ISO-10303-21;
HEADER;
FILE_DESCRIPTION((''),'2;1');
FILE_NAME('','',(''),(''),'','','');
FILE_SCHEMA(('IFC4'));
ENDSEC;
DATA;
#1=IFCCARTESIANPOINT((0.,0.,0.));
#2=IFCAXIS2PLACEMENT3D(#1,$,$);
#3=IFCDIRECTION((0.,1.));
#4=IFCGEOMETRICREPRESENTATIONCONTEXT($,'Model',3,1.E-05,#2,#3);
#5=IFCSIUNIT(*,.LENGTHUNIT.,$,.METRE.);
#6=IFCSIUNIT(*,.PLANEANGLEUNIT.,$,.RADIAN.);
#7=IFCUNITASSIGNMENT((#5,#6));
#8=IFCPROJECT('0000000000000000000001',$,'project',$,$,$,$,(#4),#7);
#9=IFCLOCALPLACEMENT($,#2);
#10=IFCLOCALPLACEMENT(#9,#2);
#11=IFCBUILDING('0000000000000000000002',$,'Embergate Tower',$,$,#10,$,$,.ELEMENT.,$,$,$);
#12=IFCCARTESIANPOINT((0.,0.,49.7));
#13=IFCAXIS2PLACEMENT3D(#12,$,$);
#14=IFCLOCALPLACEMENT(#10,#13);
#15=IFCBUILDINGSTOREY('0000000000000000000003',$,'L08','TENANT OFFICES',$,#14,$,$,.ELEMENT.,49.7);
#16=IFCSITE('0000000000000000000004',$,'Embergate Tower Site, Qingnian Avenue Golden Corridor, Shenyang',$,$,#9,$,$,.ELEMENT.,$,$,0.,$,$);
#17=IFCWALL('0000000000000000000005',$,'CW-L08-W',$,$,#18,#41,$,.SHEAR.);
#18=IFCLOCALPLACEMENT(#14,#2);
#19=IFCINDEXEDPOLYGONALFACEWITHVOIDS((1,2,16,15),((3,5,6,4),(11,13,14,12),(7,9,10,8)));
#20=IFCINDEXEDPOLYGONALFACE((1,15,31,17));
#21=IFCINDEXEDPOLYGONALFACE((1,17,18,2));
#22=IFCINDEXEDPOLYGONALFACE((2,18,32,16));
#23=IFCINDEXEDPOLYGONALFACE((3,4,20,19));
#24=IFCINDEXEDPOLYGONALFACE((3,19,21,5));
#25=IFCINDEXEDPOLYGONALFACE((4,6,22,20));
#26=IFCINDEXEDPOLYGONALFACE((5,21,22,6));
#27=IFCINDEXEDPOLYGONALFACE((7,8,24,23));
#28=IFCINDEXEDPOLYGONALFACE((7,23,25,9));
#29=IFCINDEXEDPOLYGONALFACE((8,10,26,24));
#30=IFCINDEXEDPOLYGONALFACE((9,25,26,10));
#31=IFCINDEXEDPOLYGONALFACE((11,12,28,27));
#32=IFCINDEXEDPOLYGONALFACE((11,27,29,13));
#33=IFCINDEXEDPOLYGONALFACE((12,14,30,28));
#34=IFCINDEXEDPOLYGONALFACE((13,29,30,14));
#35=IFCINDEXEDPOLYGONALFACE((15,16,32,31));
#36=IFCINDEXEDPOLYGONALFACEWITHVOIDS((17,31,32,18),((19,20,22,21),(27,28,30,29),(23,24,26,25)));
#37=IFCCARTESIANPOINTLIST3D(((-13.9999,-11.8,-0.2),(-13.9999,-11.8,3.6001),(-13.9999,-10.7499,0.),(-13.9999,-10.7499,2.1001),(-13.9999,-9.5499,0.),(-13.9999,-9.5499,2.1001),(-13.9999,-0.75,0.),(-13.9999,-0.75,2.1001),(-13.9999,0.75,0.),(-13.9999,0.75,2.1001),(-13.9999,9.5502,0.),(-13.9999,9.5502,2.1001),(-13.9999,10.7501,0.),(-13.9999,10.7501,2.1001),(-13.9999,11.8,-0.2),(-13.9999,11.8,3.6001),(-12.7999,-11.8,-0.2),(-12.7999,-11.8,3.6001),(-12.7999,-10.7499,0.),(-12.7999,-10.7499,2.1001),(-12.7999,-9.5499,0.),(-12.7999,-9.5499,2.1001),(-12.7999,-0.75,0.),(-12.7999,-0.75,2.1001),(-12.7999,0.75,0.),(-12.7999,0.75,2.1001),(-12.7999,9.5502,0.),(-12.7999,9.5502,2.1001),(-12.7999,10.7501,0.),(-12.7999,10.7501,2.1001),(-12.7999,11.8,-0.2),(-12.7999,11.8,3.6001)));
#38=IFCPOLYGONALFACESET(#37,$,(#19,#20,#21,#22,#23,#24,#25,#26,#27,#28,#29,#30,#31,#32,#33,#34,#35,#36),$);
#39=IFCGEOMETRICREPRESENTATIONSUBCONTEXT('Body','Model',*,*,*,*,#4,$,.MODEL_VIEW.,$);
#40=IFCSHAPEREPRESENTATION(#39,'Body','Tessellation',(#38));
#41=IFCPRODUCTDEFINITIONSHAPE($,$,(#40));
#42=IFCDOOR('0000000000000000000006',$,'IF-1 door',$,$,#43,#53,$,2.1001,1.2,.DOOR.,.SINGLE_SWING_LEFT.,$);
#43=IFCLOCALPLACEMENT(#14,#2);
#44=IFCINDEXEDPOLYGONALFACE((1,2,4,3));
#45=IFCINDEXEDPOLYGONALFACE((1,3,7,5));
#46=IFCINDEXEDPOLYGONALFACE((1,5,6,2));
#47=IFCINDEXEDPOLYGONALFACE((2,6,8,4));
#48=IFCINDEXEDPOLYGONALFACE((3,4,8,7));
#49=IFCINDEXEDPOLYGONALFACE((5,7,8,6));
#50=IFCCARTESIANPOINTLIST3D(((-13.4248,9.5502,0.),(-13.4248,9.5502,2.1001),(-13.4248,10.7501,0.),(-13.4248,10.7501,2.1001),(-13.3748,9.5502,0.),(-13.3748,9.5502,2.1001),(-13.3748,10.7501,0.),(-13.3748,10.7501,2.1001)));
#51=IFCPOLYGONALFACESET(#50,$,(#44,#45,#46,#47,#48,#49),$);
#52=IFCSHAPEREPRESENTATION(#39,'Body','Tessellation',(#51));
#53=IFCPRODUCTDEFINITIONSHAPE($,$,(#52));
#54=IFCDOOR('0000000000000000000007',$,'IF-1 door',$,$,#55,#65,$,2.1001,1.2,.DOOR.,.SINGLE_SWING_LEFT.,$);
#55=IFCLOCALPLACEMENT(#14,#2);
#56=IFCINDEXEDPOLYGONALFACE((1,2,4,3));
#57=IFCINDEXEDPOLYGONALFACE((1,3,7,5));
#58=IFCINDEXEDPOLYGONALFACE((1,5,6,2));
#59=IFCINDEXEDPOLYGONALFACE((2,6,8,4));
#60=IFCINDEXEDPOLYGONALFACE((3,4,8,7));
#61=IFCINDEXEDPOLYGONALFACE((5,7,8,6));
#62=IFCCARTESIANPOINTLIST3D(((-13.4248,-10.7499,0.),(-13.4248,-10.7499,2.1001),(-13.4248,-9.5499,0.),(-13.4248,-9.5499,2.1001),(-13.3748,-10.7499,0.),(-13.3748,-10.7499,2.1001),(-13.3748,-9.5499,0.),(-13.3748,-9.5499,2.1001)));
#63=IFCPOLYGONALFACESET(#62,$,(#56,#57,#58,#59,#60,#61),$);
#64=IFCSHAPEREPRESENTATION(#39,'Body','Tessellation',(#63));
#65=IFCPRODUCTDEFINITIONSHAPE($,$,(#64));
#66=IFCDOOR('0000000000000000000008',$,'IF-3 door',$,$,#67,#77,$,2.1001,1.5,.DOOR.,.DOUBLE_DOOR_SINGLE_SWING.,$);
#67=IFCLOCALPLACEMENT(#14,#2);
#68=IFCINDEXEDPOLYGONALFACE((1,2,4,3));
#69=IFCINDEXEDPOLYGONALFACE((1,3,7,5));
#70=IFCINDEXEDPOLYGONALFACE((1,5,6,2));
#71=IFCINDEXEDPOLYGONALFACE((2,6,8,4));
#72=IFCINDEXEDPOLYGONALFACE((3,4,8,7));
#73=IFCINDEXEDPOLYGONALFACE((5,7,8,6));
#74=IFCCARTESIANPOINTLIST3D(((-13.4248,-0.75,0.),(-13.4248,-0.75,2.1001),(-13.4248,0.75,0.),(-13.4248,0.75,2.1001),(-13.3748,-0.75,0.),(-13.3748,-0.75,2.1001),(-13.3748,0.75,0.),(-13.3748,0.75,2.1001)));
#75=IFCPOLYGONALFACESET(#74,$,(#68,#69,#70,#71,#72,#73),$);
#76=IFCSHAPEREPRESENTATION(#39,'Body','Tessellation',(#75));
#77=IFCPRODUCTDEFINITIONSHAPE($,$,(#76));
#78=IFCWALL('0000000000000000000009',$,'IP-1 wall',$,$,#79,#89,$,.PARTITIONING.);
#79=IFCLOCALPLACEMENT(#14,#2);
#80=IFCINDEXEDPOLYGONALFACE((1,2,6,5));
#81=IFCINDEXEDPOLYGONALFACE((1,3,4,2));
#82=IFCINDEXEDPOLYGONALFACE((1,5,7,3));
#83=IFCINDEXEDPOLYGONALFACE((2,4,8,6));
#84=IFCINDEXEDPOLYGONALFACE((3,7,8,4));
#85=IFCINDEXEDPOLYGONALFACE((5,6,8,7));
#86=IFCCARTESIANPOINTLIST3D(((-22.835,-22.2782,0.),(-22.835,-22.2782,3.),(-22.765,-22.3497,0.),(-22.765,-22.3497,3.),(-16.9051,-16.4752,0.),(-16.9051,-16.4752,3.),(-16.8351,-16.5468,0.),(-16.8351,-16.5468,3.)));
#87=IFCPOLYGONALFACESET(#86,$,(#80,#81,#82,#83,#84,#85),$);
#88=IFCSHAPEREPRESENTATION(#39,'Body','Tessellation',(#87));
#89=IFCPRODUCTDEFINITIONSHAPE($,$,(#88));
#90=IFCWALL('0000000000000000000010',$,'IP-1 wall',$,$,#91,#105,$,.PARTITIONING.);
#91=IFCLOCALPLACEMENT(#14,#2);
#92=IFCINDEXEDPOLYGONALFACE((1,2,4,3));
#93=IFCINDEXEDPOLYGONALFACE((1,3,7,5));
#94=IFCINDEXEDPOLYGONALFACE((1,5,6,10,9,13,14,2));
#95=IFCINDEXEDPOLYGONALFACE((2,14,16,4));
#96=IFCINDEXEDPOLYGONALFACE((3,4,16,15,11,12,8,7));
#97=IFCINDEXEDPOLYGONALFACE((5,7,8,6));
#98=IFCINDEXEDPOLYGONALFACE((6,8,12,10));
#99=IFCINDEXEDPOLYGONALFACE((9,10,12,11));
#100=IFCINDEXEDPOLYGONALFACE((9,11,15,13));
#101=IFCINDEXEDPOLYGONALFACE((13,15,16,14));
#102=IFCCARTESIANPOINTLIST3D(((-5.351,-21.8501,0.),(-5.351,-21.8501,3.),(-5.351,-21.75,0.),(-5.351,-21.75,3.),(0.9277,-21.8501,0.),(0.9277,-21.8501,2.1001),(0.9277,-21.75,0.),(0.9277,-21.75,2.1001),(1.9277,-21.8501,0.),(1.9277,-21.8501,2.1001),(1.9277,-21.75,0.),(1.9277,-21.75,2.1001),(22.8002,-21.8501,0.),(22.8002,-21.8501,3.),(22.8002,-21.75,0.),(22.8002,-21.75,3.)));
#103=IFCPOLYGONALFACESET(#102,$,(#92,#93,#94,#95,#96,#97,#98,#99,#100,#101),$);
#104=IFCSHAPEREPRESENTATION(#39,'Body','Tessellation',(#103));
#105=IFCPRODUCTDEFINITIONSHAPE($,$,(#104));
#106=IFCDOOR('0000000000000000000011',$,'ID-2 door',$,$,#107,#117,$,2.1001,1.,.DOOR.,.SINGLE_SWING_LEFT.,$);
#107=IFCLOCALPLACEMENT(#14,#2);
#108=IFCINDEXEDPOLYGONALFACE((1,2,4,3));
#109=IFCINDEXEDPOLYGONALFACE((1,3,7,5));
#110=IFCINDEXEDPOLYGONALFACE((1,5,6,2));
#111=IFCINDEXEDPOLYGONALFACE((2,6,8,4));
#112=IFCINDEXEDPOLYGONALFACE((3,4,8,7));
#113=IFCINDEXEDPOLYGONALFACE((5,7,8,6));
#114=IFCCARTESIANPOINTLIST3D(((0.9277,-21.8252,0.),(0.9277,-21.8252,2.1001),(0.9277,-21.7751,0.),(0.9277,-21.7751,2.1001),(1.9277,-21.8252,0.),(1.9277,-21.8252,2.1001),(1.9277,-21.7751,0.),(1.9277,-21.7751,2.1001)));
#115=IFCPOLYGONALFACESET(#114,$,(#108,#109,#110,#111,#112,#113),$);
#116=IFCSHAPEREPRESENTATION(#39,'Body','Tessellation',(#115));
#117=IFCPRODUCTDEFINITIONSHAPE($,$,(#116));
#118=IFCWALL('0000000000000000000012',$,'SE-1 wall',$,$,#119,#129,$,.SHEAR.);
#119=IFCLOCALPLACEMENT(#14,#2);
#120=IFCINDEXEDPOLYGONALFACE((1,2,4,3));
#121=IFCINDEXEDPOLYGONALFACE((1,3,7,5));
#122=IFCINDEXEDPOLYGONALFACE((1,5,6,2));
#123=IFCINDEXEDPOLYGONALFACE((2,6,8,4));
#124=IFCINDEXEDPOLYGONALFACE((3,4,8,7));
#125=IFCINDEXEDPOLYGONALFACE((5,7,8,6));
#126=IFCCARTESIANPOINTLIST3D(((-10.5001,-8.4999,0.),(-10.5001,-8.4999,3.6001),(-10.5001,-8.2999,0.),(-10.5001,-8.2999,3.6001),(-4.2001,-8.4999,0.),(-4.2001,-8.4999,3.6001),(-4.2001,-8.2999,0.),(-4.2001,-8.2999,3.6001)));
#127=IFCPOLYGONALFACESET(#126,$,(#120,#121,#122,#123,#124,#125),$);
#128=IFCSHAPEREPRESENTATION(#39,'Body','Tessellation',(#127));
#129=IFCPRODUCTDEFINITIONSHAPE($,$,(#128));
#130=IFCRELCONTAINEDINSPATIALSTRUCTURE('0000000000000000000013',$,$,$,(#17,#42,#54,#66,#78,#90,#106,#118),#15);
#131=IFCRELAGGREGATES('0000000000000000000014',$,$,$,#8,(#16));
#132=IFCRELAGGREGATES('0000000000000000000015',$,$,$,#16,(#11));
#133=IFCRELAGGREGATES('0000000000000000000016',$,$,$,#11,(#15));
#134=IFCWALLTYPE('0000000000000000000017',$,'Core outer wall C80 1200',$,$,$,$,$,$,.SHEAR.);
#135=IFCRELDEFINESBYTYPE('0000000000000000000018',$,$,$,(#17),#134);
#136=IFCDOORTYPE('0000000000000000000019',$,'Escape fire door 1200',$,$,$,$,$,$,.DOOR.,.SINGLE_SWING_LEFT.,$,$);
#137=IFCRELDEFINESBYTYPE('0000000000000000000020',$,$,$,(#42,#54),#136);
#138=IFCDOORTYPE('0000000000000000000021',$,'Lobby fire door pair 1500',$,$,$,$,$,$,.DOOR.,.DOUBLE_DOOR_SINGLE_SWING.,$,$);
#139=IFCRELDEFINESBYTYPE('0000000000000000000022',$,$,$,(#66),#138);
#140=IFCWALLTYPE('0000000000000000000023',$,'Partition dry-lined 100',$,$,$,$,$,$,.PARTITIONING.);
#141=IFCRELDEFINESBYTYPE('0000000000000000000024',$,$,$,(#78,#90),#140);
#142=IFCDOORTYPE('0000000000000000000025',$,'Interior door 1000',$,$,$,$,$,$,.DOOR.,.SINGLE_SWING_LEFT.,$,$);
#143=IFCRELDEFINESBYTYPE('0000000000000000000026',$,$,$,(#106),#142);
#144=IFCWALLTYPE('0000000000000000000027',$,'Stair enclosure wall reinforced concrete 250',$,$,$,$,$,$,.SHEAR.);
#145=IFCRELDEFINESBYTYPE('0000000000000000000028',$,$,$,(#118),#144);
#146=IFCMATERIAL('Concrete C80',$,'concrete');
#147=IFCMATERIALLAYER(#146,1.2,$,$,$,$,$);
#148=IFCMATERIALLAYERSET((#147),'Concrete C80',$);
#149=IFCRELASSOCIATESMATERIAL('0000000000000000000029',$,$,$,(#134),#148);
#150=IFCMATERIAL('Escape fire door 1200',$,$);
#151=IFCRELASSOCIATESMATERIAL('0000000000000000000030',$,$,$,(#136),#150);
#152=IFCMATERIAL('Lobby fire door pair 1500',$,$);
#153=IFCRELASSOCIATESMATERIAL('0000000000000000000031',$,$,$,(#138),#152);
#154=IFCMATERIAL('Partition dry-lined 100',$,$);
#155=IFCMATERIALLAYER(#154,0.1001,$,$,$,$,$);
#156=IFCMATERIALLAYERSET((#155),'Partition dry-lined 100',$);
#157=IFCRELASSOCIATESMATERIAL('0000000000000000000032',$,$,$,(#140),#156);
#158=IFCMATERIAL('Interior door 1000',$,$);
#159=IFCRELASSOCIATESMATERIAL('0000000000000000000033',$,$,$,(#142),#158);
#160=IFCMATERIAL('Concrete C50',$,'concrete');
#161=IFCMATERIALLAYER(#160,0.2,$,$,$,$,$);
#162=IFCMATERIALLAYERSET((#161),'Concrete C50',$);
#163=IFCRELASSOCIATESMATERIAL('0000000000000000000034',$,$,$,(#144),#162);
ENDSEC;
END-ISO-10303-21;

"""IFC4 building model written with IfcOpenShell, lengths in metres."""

from ifc_helpers import new_model, si_unit, direction, frame, frame_2d, origin, place, context, subcontext, project, spatial, rectangle, extrude, source, transform, mapped, material, layer, layer_set, type_object, element, fill, save


model = new_model("IFC4")

# Units and contexts
model_context = context("Model", 3, precision=1e-05, world=origin(), true_north=direction((0.0, 1.0)))
body_context = subcontext(model_context, "Body", "Model", "MODEL_VIEW")
ifc_project = project(units=[si_unit("LENGTHUNIT", "METRE"), si_unit("PLANEANGLEUNIT", "RADIAN")], contexts=[model_context])

# Site, building, storey
site_placement = place(None, origin())
site = spatial("IfcSite", under=ifc_project, at=site_placement, Name="Embergate Tower Site, Qingnian Avenue Golden Corridor, Shenyang", CompositionType="ELEMENT", RefElevation=0.0)
building_placement = place(site_placement, origin())
building = spatial("IfcBuilding", under=site, at=building_placement, Name="Embergate Tower", CompositionType="ELEMENT")
storey_placement = place(building_placement, frame((0.0, 0.0, 49.7)))
storey = spatial("IfcBuildingStorey", under=building, at=storey_placement, Name="L08", Description="TENANT OFFICES", CompositionType="ELEMENT", Elevation=49.7)

# Shared definitions
ifc_material_1 = material(Name="Concrete C80", Category="concrete")
ifc_layer_1 = layer(ifc_material_1, 1.2)
ifc_layer_set_1 = layer_set([ifc_layer_1], Name="Concrete C80")
wall_type_1 = type_object("IfcWallType", Name="Core outer wall C80 1200", PredefinedType="SHEAR", material=ifc_layer_set_1)

# Wall, openings, doors
shared_shape_1 = source(origin(), body_context, "Body", "SweptSolid", [
    extrude(rectangle(XDim=23.6001, YDim=1.2, at=frame_2d((11.8, 0.0))), origin(), (0.0, 0.0, 1.0), 3.8),
])
wall_1_placement = place(storey_placement, frame((-13.3999, -11.8, -0.2), z_axis=(0.0, 0.0, 1.0), x_axis=(0.0, 1.0, 0.0)))
wall_1 = element("IfcWall", 1, at=wall_1_placement, inside=storey, type_object=wall_type_1, Name="CW-L08-W", PredefinedType="SHEAR", context=body_context, shape_type="MappedRepresentation", body=[
    mapped(shared_shape_1, transform((0.0, 0.0, 0.0))),
])
shared_shape_2 = source(origin(), body_context, "Body", "SweptSolid", [
    extrude(rectangle(XDim=1.2, YDim=2.1001, at=frame_2d((0.6001, 1.05))), frame((0.0, 0.6099, 0.0), z_axis=(0.0, -1.0, 0.0), x_axis=(1.0, 0.0, 0.0)), (0.0, 0.0, 1.0), 1.22),
])
opening_1_placement = place(wall_1_placement, frame((21.3501, 0.0, 0.2)))
opening_1 = element("IfcOpeningElement", 2, at=opening_1_placement, cuts=wall_1, PredefinedType="OPENING", context=body_context, shape_type="MappedRepresentation", body=[
    mapped(shared_shape_2, transform((0.0, 0.0, 0.0))),
])
opening_2_placement = place(wall_1_placement, frame((1.05, 0.0, 0.2)))
opening_2 = element("IfcOpeningElement", 3, at=opening_2_placement, cuts=wall_1, PredefinedType="OPENING", context=body_context, shape_type="MappedRepresentation", body=[
    mapped(shared_shape_2, transform((0.0, 0.0, 0.0))),
])
shared_shape_3 = source(origin(), body_context, "Body", "SweptSolid", [
    extrude(rectangle(XDim=1.5, YDim=2.1001, at=frame_2d((0.75, 1.05))), frame((0.0, 0.6099, 0.0), z_axis=(0.0, -1.0, 0.0), x_axis=(1.0, 0.0, 0.0)), (0.0, 0.0, 1.0), 1.22),
])
opening_3_placement = place(wall_1_placement, frame((11.05, 0.0, 0.2)))
opening_3 = element("IfcOpeningElement", 4, at=opening_3_placement, cuts=wall_1, PredefinedType="OPENING", context=body_context, shape_type="MappedRepresentation", body=[
    mapped(shared_shape_3, transform((0.0, 0.0, 0.0))),
])
ifc_material_2 = material(Name="Escape fire door 1200")
door_type_1 = type_object("IfcDoorType", Name="Escape fire door 1200", OperationType="SINGLE_SWING_LEFT", PredefinedType="DOOR", material=ifc_material_2)
shared_shape_4 = source(origin(), body_context, "Body", "SweptSolid", [
    extrude(rectangle(XDim=1.2, YDim=2.1001, at=frame_2d((0.6001, 1.05))), frame((0.0, 0.0249, 0.0), z_axis=(0.0, -1.0, 0.0), x_axis=(1.0, 0.0, 0.0)), (0.0, 0.0, 1.0), 0.05),
])
door_1_placement = place(opening_1_placement, origin())
door_1 = element("IfcDoor", 5, at=door_1_placement, inside=storey, type_object=door_type_1, Name="IF-1 door", OperationType="SINGLE_SWING_LEFT", OverallHeight=2.1001, OverallWidth=1.2, PredefinedType="DOOR", context=body_context, shape_type="MappedRepresentation", body=[
    mapped(shared_shape_4, transform((0.0, 0.0, 0.0))),
])
fill(opening_1, door_1)
door_2_placement = place(opening_2_placement, origin())
door_2 = element("IfcDoor", 6, at=door_2_placement, inside=storey, type_object=door_type_1, Name="IF-1 door", OperationType="SINGLE_SWING_LEFT", OverallHeight=2.1001, OverallWidth=1.2, PredefinedType="DOOR", context=body_context, shape_type="MappedRepresentation", body=[
    mapped(shared_shape_4, transform((0.0, 0.0, 0.0))),
])
fill(opening_2, door_2)
ifc_material_3 = material(Name="Lobby fire door pair 1500")
door_type_2 = type_object("IfcDoorType", Name="Lobby fire door pair 1500", OperationType="DOUBLE_DOOR_SINGLE_SWING", PredefinedType="DOOR", material=ifc_material_3)
shared_shape_5 = source(origin(), body_context, "Body", "SweptSolid", [
    extrude(rectangle(XDim=1.5, YDim=2.1001, at=frame_2d((0.75, 1.05))), frame((0.0, 0.0249, 0.0), z_axis=(0.0, -1.0, 0.0), x_axis=(1.0, 0.0, 0.0)), (0.0, 0.0, 1.0), 0.05),
])
door_3_placement = place(opening_3_placement, origin())
door_3 = element("IfcDoor", 7, at=door_3_placement, inside=storey, type_object=door_type_2, Name="IF-3 door", OperationType="DOUBLE_DOOR_SINGLE_SWING", OverallHeight=2.1001, OverallWidth=1.5, PredefinedType="DOOR", context=body_context, shape_type="MappedRepresentation", body=[
    mapped(shared_shape_5, transform((0.0, 0.0, 0.0))),
])
fill(opening_3, door_3)

# Wall
ifc_material_4 = material(Name="Partition dry-lined 100")
ifc_layer_2 = layer(ifc_material_4, 0.1001)
ifc_layer_set_2 = layer_set([ifc_layer_2], Name="Partition dry-lined 100")
wall_type_2 = type_object("IfcWallType", Name="Partition dry-lined 100", PredefinedType="PARTITIONING", material=ifc_layer_set_2)
shared_shape_6 = source(origin(), body_context, "Body", "SweptSolid", [
    extrude(rectangle(XDim=8.2969, YDim=0.1001, at=frame_2d((4.1484, 0.0))), origin(), (0.0, 0.0, 1.0), 3.0),
])
wall_2_placement = place(storey_placement, frame((-16.8701, -16.511, 0.0), z_axis=(0.0, 0.0, 1.0), x_axis=(-0.714716, -0.699415, 0.0)))
element("IfcWall", 8, at=wall_2_placement, inside=storey, type_object=wall_type_2, Name="IP-1 wall", PredefinedType="PARTITIONING", context=body_context, shape_type="MappedRepresentation", body=[
    mapped(shared_shape_6, transform((0.0, 0.0, 0.0))),
])

# Wall, opening, door
shared_shape_7 = source(origin(), body_context, "Body", "SweptSolid", [
    extrude(rectangle(XDim=28.1511, YDim=0.1001, at=frame_2d((14.0757, 0.0))), origin(), (0.0, 0.0, 1.0), 3.0),
])
wall_3_placement = place(storey_placement, frame((-5.3511, -21.8, 0.0), z_axis=(0.0, 0.0, 1.0), x_axis=(1.0, 0.0, 0.0)))
wall_3 = element("IfcWall", 9, at=wall_3_placement, inside=storey, type_object=wall_type_2, Name="IP-1 wall", PredefinedType="PARTITIONING", context=body_context, shape_type="MappedRepresentation", body=[
    mapped(shared_shape_7, transform((0.0, 0.0, 0.0))),
])
shared_shape_8 = source(origin(), body_context, "Body", "SweptSolid", [
    extrude(rectangle(XDim=1.0, YDim=2.1001, at=frame_2d((0.5, 1.05))), frame((0.0, 0.0601, 0.0), z_axis=(0.0, -1.0, 0.0), x_axis=(1.0, 0.0, 0.0)), (0.0, 0.0, 1.0), 0.1201),
])
opening_4_placement = place(wall_3_placement, frame((6.2788, 0.0, 0.0)))
opening_4 = element("IfcOpeningElement", 10, at=opening_4_placement, cuts=wall_3, PredefinedType="OPENING", context=body_context, shape_type="MappedRepresentation", body=[
    mapped(shared_shape_8, transform((0.0, 0.0, 0.0))),
])
ifc_material_5 = material(Name="Interior door 1000")
door_type_3 = type_object("IfcDoorType", Name="Interior door 1000", OperationType="SINGLE_SWING_LEFT", PredefinedType="DOOR", material=ifc_material_5)
shared_shape_9 = source(origin(), body_context, "Body", "SweptSolid", [
    extrude(rectangle(XDim=1.0, YDim=2.1001, at=frame_2d((0.5, 1.05))), frame((0.0, 0.0249, 0.0), z_axis=(0.0, -1.0, 0.0), x_axis=(1.0, 0.0, 0.0)), (0.0, 0.0, 1.0), 0.05),
])
door_4_placement = place(opening_4_placement, origin())
door_4 = element("IfcDoor", 11, at=door_4_placement, inside=storey, type_object=door_type_3, Name="ID-2 door", OperationType="SINGLE_SWING_LEFT", OverallHeight=2.1001, OverallWidth=1.0, PredefinedType="DOOR", context=body_context, shape_type="MappedRepresentation", body=[
    mapped(shared_shape_9, transform((0.0, 0.0, 0.0))),
])
fill(opening_4, door_4)

# Wall
ifc_material_6 = material(Name="Concrete C50", Category="concrete")
ifc_layer_3 = layer(ifc_material_6, 0.2)
ifc_layer_set_3 = layer_set([ifc_layer_3], Name="Concrete C50")
wall_type_3 = type_object("IfcWallType", Name="Stair enclosure wall reinforced concrete 250", PredefinedType="SHEAR", material=ifc_layer_set_3)
shared_shape_10 = source(origin(), body_context, "Body", "SweptSolid", [
    extrude(rectangle(XDim=6.3, YDim=0.2, at=frame_2d((3.1499, 0.0))), origin(), (0.0, 0.0, 1.0), 3.6001),
])
wall_4_placement = place(storey_placement, frame((-10.5, -8.3999, 0.0), z_axis=(0.0, 0.0, 1.0), x_axis=(1.0, 0.0, 0.0)))
element("IfcWall", 12, at=wall_4_placement, inside=storey, type_object=wall_type_3, Name="SE-1 wall", PredefinedType="SHEAR", context=body_context, shape_type="MappedRepresentation", body=[
    mapped(shared_shape_10, transform((0.0, 0.0, 0.0))),
])

save(model, "model.ifc")
